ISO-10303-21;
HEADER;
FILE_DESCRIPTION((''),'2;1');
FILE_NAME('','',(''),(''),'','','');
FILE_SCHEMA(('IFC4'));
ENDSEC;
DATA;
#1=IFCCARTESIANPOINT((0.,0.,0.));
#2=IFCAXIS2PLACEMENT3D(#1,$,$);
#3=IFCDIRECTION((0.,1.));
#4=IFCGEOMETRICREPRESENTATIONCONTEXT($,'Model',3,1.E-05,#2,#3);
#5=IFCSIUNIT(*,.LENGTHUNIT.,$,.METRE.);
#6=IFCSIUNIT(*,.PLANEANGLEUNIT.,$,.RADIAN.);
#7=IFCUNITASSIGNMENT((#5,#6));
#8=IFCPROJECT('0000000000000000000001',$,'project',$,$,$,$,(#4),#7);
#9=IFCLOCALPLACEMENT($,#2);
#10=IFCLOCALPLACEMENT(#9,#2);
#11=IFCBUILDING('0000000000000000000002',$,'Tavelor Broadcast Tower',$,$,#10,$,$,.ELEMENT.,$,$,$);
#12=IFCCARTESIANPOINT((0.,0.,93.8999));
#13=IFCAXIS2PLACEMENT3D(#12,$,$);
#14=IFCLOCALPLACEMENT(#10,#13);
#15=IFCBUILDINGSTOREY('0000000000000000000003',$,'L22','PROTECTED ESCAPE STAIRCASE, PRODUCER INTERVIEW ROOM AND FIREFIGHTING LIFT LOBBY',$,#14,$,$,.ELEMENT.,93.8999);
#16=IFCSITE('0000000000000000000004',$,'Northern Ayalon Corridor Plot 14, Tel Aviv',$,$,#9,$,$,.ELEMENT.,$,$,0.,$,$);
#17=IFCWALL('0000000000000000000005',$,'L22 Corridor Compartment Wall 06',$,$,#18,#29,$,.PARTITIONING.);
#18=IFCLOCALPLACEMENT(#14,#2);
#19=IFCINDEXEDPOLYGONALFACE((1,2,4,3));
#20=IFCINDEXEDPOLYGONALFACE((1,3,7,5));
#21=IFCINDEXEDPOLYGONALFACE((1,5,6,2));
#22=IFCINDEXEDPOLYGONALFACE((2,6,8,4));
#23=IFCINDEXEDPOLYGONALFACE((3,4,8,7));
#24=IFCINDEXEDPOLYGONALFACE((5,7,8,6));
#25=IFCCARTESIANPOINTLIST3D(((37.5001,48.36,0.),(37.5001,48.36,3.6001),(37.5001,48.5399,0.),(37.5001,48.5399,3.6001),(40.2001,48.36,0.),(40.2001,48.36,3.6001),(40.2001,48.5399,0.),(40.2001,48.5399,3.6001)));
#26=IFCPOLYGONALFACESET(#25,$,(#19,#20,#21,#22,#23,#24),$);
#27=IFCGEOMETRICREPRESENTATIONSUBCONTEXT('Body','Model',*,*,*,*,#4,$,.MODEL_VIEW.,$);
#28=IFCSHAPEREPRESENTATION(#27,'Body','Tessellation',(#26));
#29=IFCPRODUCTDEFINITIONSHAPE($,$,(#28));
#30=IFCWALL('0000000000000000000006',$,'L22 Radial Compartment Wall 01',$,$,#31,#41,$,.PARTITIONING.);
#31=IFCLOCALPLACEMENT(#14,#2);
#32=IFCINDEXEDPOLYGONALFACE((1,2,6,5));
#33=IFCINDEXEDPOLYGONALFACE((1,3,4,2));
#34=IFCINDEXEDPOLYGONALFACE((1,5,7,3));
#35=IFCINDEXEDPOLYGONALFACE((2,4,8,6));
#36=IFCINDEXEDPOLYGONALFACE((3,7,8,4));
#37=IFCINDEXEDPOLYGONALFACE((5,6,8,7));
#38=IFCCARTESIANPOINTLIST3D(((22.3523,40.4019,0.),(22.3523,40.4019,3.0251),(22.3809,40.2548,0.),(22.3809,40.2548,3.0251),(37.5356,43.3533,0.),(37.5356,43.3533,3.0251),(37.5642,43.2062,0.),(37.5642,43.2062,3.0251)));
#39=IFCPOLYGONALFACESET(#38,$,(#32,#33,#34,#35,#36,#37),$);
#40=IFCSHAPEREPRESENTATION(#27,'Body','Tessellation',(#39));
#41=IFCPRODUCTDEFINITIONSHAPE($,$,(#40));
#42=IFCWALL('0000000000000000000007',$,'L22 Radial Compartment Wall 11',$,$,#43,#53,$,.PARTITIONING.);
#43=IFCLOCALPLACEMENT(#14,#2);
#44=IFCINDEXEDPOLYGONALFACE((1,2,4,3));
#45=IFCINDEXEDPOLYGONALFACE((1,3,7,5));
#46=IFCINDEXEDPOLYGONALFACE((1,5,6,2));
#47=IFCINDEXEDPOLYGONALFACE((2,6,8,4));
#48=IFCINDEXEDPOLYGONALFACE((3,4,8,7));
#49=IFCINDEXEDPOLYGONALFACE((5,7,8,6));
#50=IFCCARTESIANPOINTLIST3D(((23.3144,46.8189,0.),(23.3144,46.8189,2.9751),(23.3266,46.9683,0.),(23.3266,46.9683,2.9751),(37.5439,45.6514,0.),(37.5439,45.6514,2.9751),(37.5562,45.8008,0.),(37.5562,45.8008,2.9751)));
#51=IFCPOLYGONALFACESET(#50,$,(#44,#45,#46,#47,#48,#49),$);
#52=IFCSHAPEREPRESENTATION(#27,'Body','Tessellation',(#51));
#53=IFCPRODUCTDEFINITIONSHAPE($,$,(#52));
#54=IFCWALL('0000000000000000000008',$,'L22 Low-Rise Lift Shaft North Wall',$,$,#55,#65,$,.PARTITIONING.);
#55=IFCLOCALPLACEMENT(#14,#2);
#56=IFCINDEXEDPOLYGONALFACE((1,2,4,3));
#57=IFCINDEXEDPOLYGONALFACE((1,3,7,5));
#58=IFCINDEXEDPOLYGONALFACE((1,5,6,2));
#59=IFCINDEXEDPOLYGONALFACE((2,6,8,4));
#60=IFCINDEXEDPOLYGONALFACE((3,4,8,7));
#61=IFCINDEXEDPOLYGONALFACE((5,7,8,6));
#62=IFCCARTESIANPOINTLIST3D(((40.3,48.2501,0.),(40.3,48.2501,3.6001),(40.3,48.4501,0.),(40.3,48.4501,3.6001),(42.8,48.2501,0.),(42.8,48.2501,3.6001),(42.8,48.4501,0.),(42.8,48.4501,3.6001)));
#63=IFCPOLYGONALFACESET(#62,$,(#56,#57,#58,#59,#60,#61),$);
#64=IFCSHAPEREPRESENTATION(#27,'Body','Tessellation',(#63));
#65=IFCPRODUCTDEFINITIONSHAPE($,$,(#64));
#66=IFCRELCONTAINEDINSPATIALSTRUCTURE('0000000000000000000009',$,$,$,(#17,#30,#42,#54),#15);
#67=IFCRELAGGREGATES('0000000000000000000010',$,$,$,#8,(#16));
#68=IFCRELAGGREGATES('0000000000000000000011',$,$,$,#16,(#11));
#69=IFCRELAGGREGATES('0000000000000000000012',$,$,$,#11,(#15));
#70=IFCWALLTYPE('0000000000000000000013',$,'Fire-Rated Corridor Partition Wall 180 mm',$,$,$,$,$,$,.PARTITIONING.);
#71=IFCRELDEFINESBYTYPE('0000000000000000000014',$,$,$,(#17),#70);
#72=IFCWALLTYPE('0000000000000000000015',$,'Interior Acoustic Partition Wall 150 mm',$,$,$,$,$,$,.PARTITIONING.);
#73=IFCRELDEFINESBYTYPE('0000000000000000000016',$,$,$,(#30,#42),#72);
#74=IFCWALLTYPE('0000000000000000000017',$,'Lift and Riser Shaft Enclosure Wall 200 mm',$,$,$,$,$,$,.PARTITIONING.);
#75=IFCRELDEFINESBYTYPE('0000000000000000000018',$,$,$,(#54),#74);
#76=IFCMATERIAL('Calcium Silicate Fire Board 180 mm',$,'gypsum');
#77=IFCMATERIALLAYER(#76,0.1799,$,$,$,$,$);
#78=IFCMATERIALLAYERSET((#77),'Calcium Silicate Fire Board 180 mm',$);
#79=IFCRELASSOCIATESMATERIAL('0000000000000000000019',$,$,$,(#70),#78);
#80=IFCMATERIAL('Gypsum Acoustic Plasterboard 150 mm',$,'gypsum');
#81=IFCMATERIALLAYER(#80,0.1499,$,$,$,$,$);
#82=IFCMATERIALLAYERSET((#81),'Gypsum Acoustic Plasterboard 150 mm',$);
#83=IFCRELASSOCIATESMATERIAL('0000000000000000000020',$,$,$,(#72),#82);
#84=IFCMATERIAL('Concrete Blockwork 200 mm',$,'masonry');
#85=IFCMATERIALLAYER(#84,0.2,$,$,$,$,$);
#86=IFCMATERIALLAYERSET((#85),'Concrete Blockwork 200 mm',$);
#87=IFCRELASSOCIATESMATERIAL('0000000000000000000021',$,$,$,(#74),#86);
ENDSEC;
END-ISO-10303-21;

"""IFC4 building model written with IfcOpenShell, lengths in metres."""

from ifc_helpers import new_model, si_unit, direction, frame, frame_2d, origin, place, context, subcontext, project, spatial, rectangle, extrude, material, layer, layer_set, type_object, element, save


model = new_model("IFC4")

# Units and contexts
model_context = context("Model", 3, precision=1e-05, world=origin(), true_north=direction((0.0, 1.0)))
body_context = subcontext(model_context, "Body", "Model", "MODEL_VIEW")
ifc_project = project(units=[si_unit("LENGTHUNIT", "METRE"), si_unit("PLANEANGLEUNIT", "RADIAN")], contexts=[model_context])

# Site, building, storey
site_placement = place(None, origin())
site = spatial("IfcSite", under=ifc_project, at=site_placement, Name="Northern Ayalon Corridor Plot 14, Tel Aviv", CompositionType="ELEMENT", RefElevation=0.0)
building_placement = place(site_placement, origin())
building = spatial("IfcBuilding", under=site, at=building_placement, Name="Tavelor Broadcast Tower", CompositionType="ELEMENT")
storey_placement = place(building_placement, frame((0.0, 0.0, 93.8999)))
storey = spatial("IfcBuildingStorey", under=building, at=storey_placement, Name="L22", Description="PROTECTED ESCAPE STAIRCASE, PRODUCER INTERVIEW ROOM AND FIREFIGHTING LIFT LOBBY", CompositionType="ELEMENT", Elevation=93.8999)

# Walls
ifc_material_1 = material(Name="Calcium Silicate Fire Board 180 mm", Category="gypsum")
ifc_layer_1 = layer(ifc_material_1, 0.1799)
ifc_layer_set_1 = layer_set([ifc_layer_1], Name="Calcium Silicate Fire Board 180 mm")
wall_type_1 = type_object("IfcWallType", Name="Fire-Rated Corridor Partition Wall 180 mm", PredefinedType="PARTITIONING", material=ifc_layer_set_1)
wall_1_placement = place(storey_placement, frame((37.5, 48.45, 0.0), z_axis=(0.0, 0.0, 1.0), x_axis=(1.0, 0.0, 0.0)))
element("IfcWall", 1, at=wall_1_placement, inside=storey, type_object=wall_type_1, Name="L22 Corridor Compartment Wall 06", PredefinedType="PARTITIONING", context=body_context, shape_type="SweptSolid", body=[
    extrude(rectangle(XDim=2.7, YDim=0.1799, at=frame_2d((1.3501, 0.0))), origin(), (0.0, 0.0, 1.0), 3.6001),
])
ifc_material_2 = material(Name="Gypsum Acoustic Plasterboard 150 mm", Category="gypsum")
ifc_layer_2 = layer(ifc_material_2, 0.1499)
ifc_layer_set_2 = layer_set([ifc_layer_2], Name="Gypsum Acoustic Plasterboard 150 mm")
wall_type_2 = type_object("IfcWallType", Name="Interior Acoustic Partition Wall 150 mm", PredefinedType="PARTITIONING", material=ifc_layer_set_2)
wall_2_placement = place(storey_placement, frame((37.55, 43.2798, 0.0), z_axis=(0.0, 0.0, 1.0), x_axis=(-0.981626, -0.190813, 0.0)))
element("IfcWall", 2, at=wall_2_placement, inside=storey, type_object=wall_type_2, Name="L22 Radial Compartment Wall 01", PredefinedType="PARTITIONING", context=body_context, shape_type="SweptSolid", body=[
    extrude(rectangle(XDim=15.4675, YDim=0.1499, at=frame_2d((7.7339, 0.0))), origin(), (0.0, 0.0, 1.0), 3.0251),
])
wall_3_placement = place(storey_placement, frame((37.55, 45.7261, 0.0), z_axis=(0.0, 0.0, 1.0), x_axis=(-0.996651, 0.081772, 0.0)))
element("IfcWall", 3, at=wall_3_placement, inside=storey, type_object=wall_type_2, Name="L22 Radial Compartment Wall 11", PredefinedType="PARTITIONING", context=body_context, shape_type="SweptSolid", body=[
    extrude(rectangle(XDim=14.2773, YDim=0.1499, at=frame_2d((7.1387, 0.0))), origin(), (0.0, 0.0, 1.0), 2.9751),
])
ifc_material_3 = material(Name="Concrete Blockwork 200 mm", Category="masonry")
ifc_layer_3 = layer(ifc_material_3, 0.2)
ifc_layer_set_3 = layer_set([ifc_layer_3], Name="Concrete Blockwork 200 mm")
wall_type_3 = type_object("IfcWallType", Name="Lift and Riser Shaft Enclosure Wall 200 mm", PredefinedType="PARTITIONING", material=ifc_layer_set_3)
wall_4_placement = place(storey_placement, frame((40.3, 48.3501, 0.0), z_axis=(0.0, 0.0, 1.0), x_axis=(1.0, 0.0, 0.0)))
element("IfcWall", 4, at=wall_4_placement, inside=storey, type_object=wall_type_3, Name="L22 Low-Rise Lift Shaft North Wall", PredefinedType="PARTITIONING", context=body_context, shape_type="SweptSolid", body=[
    extrude(rectangle(XDim=2.5, YDim=0.2, at=frame_2d((1.25, 0.0))), origin(), (0.0, 0.0, 1.0), 3.6001),
])

save(model, "model.ifc")
